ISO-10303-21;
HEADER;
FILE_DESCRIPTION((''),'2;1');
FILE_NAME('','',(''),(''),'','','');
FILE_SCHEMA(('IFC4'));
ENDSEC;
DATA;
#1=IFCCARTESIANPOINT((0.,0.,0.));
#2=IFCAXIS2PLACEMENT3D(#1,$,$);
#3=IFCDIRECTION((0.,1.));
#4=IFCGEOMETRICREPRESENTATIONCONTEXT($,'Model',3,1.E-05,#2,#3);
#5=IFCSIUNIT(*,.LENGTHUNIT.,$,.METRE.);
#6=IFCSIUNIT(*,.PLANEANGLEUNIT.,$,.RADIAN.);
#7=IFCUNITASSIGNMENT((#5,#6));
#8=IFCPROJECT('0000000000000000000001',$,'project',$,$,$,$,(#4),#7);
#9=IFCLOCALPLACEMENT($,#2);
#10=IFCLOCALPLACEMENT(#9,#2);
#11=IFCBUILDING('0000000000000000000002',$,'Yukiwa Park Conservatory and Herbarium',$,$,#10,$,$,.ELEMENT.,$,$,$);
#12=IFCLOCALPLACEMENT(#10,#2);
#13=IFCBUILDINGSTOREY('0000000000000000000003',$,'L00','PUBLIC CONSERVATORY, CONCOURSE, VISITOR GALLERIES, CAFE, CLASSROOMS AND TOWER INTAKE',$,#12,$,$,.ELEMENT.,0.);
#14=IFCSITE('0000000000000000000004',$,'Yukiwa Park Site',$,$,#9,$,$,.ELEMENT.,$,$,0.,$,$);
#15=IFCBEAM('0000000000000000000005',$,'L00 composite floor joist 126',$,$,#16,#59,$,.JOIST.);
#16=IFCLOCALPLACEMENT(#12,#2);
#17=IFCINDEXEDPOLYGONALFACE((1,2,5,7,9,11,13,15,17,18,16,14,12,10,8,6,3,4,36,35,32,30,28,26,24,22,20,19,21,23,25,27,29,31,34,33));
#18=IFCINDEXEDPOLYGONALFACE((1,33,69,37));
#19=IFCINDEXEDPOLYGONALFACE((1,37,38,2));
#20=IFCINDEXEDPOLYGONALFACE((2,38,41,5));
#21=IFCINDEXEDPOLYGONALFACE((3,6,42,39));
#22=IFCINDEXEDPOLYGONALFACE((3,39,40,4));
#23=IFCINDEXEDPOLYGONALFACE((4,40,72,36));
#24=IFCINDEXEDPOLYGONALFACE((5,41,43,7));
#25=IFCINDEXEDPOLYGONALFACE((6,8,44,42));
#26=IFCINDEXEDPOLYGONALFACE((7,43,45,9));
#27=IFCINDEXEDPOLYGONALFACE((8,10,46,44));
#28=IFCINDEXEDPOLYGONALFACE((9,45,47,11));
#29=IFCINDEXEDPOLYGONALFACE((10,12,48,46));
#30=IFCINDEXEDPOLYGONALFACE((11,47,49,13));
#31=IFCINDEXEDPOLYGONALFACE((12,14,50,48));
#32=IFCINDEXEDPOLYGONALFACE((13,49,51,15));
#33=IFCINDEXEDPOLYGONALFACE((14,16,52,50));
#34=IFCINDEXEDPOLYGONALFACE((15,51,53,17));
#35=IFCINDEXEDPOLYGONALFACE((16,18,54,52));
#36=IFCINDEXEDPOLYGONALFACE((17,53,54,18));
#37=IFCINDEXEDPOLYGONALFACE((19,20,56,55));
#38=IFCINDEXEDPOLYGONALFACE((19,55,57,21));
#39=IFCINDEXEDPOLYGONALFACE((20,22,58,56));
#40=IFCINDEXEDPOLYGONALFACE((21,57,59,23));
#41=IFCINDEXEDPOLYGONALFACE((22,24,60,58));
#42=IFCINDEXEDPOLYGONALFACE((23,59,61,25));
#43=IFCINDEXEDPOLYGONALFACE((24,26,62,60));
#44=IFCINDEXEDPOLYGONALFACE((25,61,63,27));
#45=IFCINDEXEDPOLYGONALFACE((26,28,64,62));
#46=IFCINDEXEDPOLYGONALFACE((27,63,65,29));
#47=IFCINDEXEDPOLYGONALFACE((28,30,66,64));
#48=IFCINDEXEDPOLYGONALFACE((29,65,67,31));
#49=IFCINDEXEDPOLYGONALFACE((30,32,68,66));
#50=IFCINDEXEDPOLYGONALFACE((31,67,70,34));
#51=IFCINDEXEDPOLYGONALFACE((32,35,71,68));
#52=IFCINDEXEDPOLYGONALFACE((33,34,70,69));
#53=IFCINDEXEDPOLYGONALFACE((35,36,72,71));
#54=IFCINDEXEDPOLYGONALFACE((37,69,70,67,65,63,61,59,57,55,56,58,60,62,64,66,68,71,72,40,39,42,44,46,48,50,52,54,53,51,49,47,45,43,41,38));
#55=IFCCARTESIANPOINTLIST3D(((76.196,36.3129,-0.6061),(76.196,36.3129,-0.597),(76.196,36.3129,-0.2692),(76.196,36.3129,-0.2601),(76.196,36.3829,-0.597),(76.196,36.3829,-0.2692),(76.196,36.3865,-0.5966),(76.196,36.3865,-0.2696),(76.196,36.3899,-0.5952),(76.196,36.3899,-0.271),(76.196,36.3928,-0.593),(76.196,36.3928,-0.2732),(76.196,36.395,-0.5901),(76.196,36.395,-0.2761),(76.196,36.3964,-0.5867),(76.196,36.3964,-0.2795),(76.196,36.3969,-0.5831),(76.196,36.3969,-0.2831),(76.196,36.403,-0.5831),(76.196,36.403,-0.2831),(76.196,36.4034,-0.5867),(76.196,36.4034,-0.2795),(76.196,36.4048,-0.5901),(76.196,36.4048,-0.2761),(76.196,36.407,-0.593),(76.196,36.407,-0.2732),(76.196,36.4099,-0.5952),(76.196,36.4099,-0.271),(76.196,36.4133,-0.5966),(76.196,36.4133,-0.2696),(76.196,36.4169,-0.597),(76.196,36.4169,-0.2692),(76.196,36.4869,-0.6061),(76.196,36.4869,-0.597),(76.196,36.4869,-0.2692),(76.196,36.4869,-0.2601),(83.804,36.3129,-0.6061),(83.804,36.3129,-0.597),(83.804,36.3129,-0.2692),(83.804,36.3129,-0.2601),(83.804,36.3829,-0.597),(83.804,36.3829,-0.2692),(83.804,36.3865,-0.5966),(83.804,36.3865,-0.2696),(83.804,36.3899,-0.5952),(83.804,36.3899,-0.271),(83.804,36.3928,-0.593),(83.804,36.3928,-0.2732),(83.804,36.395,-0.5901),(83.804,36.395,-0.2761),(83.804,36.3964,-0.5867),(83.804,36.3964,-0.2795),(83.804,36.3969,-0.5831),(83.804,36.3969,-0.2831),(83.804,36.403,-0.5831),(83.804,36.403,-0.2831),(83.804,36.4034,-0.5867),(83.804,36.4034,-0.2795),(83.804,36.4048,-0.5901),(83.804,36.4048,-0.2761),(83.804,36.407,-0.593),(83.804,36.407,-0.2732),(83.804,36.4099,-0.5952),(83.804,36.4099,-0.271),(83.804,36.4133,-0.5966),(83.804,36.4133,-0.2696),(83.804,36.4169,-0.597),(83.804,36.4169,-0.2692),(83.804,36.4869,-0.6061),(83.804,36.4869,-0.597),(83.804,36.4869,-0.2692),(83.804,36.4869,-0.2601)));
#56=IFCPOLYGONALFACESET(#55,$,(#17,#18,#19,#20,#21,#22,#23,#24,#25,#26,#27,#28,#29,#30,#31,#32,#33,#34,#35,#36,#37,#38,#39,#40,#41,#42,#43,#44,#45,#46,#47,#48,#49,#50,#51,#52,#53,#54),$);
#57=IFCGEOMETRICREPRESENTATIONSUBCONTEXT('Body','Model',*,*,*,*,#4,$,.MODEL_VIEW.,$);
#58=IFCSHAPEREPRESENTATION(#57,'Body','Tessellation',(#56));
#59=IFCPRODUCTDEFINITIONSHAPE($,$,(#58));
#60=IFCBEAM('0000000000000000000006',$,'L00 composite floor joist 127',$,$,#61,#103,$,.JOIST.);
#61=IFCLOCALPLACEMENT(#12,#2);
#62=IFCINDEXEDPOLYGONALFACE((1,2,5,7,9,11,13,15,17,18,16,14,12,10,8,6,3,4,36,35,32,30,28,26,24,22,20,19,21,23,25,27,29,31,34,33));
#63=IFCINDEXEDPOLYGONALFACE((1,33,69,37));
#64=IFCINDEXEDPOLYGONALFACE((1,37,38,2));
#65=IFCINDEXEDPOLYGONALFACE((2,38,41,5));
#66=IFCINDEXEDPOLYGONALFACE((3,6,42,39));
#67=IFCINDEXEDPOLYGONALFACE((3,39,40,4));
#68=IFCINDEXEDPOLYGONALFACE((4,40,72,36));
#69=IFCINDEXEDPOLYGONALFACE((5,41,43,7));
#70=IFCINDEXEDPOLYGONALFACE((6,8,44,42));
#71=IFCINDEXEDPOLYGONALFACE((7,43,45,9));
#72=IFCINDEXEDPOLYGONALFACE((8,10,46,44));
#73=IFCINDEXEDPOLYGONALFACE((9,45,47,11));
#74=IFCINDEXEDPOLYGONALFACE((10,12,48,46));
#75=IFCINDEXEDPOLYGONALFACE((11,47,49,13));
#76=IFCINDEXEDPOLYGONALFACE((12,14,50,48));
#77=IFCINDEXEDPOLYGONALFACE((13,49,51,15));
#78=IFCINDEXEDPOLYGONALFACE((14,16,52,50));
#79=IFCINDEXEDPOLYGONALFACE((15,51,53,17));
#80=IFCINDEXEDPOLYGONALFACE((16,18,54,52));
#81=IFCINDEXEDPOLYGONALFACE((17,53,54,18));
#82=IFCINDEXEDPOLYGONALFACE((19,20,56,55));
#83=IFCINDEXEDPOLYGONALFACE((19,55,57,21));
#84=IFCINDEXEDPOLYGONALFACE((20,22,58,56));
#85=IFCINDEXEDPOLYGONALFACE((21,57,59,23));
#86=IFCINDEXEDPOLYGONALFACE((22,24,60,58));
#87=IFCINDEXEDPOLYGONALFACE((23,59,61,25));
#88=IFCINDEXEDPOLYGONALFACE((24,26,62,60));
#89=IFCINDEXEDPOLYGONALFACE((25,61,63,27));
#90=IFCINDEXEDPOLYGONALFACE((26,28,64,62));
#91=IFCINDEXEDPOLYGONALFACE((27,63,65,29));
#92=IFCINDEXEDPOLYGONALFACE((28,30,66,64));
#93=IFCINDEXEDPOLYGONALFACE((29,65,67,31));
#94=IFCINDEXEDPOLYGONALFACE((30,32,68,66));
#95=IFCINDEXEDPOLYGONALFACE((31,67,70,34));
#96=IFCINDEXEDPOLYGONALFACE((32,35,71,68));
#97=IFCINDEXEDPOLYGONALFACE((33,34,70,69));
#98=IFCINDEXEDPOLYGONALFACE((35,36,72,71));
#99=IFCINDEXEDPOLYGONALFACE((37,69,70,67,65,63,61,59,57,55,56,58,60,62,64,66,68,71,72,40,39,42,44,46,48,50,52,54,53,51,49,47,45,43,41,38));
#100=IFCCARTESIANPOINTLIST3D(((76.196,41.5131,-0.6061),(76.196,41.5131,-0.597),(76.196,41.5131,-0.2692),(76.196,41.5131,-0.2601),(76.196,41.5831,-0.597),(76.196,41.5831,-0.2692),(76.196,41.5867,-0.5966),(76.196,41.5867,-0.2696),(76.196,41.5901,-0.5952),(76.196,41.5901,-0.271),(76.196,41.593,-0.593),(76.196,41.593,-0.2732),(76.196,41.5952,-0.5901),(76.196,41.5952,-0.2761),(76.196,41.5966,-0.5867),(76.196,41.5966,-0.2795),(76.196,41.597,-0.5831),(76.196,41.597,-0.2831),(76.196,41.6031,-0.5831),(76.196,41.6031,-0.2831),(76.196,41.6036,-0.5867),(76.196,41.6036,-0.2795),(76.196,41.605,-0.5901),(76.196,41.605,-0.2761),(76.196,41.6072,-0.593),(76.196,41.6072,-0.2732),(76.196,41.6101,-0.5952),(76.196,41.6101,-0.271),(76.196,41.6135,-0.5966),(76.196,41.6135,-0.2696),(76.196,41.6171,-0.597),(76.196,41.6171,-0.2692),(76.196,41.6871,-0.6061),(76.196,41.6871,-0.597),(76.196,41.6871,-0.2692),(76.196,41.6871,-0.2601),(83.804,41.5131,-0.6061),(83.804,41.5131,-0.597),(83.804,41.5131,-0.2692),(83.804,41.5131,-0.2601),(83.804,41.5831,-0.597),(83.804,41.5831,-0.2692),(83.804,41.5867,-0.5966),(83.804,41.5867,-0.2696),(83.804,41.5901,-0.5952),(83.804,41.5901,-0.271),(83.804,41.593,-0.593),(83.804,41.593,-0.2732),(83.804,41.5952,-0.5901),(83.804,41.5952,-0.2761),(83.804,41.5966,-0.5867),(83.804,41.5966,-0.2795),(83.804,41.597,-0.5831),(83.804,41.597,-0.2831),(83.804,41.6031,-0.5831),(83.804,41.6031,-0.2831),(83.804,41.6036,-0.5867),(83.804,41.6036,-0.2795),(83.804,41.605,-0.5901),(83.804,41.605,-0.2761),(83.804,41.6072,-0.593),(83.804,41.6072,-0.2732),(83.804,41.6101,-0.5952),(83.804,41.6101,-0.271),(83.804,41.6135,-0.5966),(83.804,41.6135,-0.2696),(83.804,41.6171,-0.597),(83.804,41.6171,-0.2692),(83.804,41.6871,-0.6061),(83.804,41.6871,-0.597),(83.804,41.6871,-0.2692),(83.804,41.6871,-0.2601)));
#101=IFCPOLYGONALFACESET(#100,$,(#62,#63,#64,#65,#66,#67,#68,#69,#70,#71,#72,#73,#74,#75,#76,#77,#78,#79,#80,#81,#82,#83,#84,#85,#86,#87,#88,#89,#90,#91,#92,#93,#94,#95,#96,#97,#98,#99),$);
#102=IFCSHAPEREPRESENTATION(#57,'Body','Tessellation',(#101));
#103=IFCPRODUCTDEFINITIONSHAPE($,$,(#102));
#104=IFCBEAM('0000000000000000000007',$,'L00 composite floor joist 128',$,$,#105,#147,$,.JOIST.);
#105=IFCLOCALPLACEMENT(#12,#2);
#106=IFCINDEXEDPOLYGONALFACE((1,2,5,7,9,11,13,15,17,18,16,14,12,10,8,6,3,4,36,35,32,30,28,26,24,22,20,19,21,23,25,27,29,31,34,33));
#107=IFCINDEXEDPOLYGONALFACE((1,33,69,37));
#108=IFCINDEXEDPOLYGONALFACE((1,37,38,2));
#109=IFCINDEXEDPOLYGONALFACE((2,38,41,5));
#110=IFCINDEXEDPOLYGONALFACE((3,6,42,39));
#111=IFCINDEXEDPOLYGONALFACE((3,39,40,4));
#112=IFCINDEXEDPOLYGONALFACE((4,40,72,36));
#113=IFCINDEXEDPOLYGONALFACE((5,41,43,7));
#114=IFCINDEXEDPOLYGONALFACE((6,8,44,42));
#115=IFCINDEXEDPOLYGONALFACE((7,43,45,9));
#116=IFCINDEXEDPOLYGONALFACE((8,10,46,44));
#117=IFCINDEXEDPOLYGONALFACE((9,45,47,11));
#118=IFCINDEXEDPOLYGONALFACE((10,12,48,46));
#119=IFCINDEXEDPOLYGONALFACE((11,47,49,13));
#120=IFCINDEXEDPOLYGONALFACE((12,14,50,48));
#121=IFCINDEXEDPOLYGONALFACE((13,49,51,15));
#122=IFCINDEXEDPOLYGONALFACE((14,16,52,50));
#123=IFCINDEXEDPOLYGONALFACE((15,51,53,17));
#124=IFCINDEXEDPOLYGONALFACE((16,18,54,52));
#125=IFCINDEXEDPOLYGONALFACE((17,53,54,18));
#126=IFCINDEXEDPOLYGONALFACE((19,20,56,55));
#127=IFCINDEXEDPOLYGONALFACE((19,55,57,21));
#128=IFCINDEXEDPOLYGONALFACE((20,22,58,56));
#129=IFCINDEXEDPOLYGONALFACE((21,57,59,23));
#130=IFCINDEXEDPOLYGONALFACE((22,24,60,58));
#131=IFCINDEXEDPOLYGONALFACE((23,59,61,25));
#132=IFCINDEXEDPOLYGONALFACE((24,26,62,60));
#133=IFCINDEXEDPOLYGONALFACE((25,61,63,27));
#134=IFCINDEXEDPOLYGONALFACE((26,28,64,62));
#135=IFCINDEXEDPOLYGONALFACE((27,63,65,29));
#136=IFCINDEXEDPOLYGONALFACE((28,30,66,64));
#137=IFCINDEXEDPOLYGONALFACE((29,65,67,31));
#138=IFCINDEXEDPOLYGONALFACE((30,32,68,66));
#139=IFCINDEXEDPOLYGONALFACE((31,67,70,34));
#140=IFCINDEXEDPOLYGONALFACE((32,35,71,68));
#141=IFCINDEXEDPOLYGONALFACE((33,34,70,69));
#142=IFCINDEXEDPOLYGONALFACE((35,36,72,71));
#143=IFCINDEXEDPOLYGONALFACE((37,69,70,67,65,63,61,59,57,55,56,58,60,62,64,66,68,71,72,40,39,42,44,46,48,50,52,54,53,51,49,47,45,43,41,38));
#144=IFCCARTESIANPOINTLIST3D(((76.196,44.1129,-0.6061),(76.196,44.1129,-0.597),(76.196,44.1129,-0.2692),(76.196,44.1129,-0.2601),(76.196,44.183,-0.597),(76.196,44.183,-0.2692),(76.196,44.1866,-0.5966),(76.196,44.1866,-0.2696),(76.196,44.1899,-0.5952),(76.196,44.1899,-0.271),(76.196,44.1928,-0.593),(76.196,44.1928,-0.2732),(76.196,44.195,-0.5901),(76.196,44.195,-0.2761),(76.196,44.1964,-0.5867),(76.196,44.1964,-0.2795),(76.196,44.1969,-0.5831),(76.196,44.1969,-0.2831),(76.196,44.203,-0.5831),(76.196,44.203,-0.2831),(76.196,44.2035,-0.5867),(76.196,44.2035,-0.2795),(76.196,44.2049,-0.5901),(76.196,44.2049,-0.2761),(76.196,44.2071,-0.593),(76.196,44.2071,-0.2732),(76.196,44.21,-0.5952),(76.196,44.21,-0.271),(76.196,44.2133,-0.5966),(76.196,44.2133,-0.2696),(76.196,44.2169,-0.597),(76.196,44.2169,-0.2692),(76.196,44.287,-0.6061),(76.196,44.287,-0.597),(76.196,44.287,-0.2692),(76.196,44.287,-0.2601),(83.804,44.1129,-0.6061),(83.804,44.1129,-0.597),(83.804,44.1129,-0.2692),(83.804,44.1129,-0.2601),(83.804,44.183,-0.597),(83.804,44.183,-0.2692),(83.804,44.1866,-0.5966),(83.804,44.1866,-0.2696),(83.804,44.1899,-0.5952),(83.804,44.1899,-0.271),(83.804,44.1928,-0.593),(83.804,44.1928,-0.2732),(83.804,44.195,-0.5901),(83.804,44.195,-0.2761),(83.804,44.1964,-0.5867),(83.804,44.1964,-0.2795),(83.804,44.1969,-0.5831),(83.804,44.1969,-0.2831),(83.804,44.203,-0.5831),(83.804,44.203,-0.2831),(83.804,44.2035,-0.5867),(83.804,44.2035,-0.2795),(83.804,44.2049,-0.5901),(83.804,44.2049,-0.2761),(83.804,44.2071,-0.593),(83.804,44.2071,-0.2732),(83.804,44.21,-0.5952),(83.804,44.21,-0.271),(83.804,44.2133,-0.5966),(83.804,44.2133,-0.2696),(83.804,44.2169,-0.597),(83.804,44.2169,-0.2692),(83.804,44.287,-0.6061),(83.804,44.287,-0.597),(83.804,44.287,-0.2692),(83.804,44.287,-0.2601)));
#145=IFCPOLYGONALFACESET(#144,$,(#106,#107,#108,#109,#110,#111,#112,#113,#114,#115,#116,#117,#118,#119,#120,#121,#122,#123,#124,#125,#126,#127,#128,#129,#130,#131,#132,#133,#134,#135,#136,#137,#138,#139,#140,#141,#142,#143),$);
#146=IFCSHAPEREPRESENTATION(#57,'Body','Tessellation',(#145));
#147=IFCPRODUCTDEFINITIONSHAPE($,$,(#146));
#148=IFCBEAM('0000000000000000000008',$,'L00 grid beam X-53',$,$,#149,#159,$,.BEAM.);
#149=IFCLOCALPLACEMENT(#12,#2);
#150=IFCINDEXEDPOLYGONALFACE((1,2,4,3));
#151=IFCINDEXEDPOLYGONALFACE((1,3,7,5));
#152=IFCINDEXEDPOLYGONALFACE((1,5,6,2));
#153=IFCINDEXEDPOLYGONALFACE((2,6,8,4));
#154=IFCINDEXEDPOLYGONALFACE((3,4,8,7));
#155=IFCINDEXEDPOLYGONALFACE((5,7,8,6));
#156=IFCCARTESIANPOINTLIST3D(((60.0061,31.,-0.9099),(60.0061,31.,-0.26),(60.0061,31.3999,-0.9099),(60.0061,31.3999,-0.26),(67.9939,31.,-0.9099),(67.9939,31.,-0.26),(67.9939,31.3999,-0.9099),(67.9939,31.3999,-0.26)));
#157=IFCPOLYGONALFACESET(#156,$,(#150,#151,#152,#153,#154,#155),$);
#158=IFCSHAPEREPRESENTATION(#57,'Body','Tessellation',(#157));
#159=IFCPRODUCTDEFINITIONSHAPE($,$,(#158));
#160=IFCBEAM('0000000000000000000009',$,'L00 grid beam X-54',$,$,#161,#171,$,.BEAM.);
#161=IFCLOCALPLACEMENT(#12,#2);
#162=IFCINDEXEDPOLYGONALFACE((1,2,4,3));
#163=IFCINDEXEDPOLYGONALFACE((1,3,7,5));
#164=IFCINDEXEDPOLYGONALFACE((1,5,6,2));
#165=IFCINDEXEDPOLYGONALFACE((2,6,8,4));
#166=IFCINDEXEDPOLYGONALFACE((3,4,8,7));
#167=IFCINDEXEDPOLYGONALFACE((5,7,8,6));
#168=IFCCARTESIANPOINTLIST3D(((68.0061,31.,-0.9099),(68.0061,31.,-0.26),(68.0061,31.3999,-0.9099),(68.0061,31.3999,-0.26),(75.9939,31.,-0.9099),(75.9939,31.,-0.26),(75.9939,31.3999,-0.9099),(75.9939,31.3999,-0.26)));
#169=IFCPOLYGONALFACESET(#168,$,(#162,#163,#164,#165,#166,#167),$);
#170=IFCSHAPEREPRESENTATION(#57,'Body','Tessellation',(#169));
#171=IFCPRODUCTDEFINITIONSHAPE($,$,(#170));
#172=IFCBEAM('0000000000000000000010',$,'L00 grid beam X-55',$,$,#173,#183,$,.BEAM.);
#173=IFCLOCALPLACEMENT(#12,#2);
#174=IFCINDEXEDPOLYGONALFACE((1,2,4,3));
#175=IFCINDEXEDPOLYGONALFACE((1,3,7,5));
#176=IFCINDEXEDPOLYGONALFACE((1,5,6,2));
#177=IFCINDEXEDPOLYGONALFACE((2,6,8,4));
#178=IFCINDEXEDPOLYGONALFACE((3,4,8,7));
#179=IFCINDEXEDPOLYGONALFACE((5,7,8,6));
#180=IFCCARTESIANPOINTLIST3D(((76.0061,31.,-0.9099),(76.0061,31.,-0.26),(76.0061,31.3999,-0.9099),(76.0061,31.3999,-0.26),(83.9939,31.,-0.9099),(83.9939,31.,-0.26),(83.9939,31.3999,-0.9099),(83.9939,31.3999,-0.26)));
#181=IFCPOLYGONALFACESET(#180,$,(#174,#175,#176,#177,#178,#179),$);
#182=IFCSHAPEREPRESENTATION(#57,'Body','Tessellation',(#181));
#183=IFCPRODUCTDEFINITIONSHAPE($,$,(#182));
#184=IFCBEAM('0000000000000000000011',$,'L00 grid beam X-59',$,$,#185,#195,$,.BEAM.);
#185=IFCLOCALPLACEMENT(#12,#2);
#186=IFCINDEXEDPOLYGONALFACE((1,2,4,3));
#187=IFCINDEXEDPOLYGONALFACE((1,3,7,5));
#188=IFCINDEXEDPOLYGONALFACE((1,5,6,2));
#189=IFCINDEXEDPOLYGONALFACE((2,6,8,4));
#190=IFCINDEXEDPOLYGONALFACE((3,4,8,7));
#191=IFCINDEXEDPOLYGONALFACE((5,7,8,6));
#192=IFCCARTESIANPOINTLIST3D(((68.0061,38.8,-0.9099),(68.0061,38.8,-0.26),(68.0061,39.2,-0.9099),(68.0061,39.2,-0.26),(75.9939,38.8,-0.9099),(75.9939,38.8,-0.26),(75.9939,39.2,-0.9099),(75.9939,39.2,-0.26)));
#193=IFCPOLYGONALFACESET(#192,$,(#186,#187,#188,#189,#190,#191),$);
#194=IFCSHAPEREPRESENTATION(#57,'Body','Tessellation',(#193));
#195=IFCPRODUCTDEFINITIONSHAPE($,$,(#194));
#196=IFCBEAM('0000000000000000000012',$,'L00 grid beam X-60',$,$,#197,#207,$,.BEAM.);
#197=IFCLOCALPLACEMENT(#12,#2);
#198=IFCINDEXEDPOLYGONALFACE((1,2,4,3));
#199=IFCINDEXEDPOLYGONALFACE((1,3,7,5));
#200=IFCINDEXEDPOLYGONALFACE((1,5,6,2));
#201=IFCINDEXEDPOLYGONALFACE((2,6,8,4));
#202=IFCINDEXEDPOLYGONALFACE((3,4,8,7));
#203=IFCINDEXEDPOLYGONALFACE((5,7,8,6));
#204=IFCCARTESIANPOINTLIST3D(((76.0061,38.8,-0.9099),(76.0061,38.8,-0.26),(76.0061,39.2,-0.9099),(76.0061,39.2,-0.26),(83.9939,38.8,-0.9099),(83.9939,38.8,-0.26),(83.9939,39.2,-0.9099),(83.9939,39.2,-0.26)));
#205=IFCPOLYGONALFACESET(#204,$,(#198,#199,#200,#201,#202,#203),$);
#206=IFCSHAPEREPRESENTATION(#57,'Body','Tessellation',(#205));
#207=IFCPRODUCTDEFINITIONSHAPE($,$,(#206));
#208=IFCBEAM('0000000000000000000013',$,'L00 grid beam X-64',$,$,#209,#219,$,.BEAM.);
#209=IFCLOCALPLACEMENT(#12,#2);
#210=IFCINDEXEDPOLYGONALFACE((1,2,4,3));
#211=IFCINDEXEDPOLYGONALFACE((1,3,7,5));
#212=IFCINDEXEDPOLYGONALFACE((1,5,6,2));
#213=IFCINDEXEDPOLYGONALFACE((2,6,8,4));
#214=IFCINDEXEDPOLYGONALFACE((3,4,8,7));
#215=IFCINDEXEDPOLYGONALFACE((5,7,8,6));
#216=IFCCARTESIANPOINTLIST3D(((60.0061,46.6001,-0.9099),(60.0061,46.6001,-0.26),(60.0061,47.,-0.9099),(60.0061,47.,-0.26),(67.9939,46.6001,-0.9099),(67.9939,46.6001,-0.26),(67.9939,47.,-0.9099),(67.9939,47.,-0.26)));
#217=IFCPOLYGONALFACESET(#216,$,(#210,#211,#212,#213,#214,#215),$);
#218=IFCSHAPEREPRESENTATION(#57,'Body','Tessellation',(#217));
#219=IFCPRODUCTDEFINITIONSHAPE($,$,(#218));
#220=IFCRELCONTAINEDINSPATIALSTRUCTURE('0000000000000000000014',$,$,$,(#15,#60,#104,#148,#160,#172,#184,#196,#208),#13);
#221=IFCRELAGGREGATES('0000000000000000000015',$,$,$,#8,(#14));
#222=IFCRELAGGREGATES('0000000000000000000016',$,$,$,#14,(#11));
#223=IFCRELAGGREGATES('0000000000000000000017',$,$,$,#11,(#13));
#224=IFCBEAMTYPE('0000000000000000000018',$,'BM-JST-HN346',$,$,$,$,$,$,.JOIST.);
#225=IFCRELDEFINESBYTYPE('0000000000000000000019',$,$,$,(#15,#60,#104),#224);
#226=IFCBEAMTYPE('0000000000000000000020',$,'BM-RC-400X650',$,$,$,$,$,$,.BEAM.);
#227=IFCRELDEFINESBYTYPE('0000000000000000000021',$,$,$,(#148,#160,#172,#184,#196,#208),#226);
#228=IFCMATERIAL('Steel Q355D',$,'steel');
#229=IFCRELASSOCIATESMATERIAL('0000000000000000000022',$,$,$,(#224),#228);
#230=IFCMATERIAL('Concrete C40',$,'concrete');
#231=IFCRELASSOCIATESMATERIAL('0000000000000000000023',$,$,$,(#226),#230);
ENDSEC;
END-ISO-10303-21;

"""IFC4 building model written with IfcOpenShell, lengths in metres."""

from ifc_helpers import new_model, si_unit, direction, frame, origin, origin_2d, place, context, subcontext, project, spatial, rectangle, i_section, extrude, material, material_profile, profile_set, type_object, element, save


model = new_model("IFC4")

# Units and contexts
model_context = context("Model", 3, precision=1e-05, world=origin(), true_north=direction((0.0, 1.0)))
body_context = subcontext(model_context, "Body", "Model", "MODEL_VIEW")
ifc_project = project(units=[si_unit("LENGTHUNIT", "METRE"), si_unit("PLANEANGLEUNIT", "RADIAN")], contexts=[model_context])

# Site, building, storey
site_placement = place(None, origin())
site = spatial("IfcSite", under=ifc_project, at=site_placement, Name="Yukiwa Park Site", CompositionType="ELEMENT", RefElevation=0.0)
building_placement = place(site_placement, origin())
building = spatial("IfcBuilding", under=site, at=building_placement, Name="Yukiwa Park Conservatory and Herbarium", CompositionType="ELEMENT")
storey_placement = place(building_placement, origin())
storey = spatial("IfcBuildingStorey", under=building, at=storey_placement, Name="L00", Description="PUBLIC CONSERVATORY, CONCOURSE, VISITOR GALLERIES, CAFE, CLASSROOMS AND TOWER INTAKE", CompositionType="ELEMENT", Elevation=0.0)

# Beams
ifc_material_1 = material(Name="Steel Q355D", Category="steel")
ifc_material_profile_1 = material_profile(ifc_material_1, i_section(OverallWidth=0.1741, OverallDepth=0.3459, WebThickness=0.0061, FlangeThickness=0.009, FilletRadius=0.0139, at=origin_2d()), Name="HN 346x174x6x9")
ifc_profile_set_1 = profile_set([ifc_material_profile_1], Name="Steel Q355D")
beam_type_1 = type_object("IfcBeamType", Name="BM-JST-HN346", PredefinedType="JOIST", material=ifc_profile_set_1)
for number, where, z_axis, x_axis, name in (
    (1, (76.196, 36.3999, -0.4331), (1.0, 0.0, 0.0), (0.0, 1.0, 0.0), "L00 composite floor joist 126"),
    (2, (76.196, 41.6001, -0.4331), (1.0, 0.0, 0.0), (0.0, 1.0, 0.0), "L00 composite floor joist 127"),
    (3, (76.196, 44.2, -0.4331), (1.0, 0.0, 0.0), (0.0, 1.0, 0.0), "L00 composite floor joist 128"),
):
    element("IfcBeam", number, at=place(storey_placement, frame(where, z_axis=z_axis, x_axis=x_axis)), inside=storey, type_object=beam_type_1, Name=name, PredefinedType="JOIST", context=body_context, shape_type="SweptSolid", body=[
        extrude(i_section(OverallWidth=0.1741, OverallDepth=0.3459, WebThickness=0.0061, FlangeThickness=0.009, FilletRadius=0.0139, at=origin_2d()), origin(), (0.0, 0.0, 1.0), 7.6079),
    ])
ifc_material_2 = material(Name="Concrete C40", Category="concrete")
ifc_material_profile_2 = material_profile(ifc_material_2, rectangle(XDim=0.3999, YDim=0.6499, at=origin_2d()), Name="RC 400x650")
ifc_profile_set_2 = profile_set([ifc_material_profile_2], Name="Concrete C40")
beam_type_2 = type_object("IfcBeamType", Name="BM-RC-400X650", PredefinedType="BEAM", material=ifc_profile_set_2)
for number, where, z_axis, x_axis, name in (
    (4, (60.0061, 31.2, -0.585), (1.0, 0.0, 0.0), (0.0, 1.0, 0.0), "L00 grid beam X-53"),
    (5, (68.0061, 31.2, -0.585), (1.0, 0.0, 0.0), (0.0, 1.0, 0.0), "L00 grid beam X-54"),
    (6, (76.0061, 31.2, -0.585), (1.0, 0.0, 0.0), (0.0, 1.0, 0.0), "L00 grid beam X-55"),
    (7, (68.0061, 39.0, -0.585), (1.0, 0.0, 0.0), (0.0, 1.0, 0.0), "L00 grid beam X-59"),
    (8, (76.0061, 39.0, -0.585), (1.0, 0.0, 0.0), (0.0, 1.0, 0.0), "L00 grid beam X-60"),
    (9, (60.0061, 46.8, -0.585), (1.0, 0.0, 0.0), (0.0, 1.0, 0.0), "L00 grid beam X-64"),
):
    element("IfcBeam", number, at=place(storey_placement, frame(where, z_axis=z_axis, x_axis=x_axis)), inside=storey, type_object=beam_type_2, Name=name, PredefinedType="BEAM", context=body_context, shape_type="SweptSolid", body=[
        extrude(rectangle(XDim=0.3999, YDim=0.6499, at=origin_2d()), origin(), (0.0, 0.0, 1.0), 7.9878),
    ])

save(model, "model.ifc")
